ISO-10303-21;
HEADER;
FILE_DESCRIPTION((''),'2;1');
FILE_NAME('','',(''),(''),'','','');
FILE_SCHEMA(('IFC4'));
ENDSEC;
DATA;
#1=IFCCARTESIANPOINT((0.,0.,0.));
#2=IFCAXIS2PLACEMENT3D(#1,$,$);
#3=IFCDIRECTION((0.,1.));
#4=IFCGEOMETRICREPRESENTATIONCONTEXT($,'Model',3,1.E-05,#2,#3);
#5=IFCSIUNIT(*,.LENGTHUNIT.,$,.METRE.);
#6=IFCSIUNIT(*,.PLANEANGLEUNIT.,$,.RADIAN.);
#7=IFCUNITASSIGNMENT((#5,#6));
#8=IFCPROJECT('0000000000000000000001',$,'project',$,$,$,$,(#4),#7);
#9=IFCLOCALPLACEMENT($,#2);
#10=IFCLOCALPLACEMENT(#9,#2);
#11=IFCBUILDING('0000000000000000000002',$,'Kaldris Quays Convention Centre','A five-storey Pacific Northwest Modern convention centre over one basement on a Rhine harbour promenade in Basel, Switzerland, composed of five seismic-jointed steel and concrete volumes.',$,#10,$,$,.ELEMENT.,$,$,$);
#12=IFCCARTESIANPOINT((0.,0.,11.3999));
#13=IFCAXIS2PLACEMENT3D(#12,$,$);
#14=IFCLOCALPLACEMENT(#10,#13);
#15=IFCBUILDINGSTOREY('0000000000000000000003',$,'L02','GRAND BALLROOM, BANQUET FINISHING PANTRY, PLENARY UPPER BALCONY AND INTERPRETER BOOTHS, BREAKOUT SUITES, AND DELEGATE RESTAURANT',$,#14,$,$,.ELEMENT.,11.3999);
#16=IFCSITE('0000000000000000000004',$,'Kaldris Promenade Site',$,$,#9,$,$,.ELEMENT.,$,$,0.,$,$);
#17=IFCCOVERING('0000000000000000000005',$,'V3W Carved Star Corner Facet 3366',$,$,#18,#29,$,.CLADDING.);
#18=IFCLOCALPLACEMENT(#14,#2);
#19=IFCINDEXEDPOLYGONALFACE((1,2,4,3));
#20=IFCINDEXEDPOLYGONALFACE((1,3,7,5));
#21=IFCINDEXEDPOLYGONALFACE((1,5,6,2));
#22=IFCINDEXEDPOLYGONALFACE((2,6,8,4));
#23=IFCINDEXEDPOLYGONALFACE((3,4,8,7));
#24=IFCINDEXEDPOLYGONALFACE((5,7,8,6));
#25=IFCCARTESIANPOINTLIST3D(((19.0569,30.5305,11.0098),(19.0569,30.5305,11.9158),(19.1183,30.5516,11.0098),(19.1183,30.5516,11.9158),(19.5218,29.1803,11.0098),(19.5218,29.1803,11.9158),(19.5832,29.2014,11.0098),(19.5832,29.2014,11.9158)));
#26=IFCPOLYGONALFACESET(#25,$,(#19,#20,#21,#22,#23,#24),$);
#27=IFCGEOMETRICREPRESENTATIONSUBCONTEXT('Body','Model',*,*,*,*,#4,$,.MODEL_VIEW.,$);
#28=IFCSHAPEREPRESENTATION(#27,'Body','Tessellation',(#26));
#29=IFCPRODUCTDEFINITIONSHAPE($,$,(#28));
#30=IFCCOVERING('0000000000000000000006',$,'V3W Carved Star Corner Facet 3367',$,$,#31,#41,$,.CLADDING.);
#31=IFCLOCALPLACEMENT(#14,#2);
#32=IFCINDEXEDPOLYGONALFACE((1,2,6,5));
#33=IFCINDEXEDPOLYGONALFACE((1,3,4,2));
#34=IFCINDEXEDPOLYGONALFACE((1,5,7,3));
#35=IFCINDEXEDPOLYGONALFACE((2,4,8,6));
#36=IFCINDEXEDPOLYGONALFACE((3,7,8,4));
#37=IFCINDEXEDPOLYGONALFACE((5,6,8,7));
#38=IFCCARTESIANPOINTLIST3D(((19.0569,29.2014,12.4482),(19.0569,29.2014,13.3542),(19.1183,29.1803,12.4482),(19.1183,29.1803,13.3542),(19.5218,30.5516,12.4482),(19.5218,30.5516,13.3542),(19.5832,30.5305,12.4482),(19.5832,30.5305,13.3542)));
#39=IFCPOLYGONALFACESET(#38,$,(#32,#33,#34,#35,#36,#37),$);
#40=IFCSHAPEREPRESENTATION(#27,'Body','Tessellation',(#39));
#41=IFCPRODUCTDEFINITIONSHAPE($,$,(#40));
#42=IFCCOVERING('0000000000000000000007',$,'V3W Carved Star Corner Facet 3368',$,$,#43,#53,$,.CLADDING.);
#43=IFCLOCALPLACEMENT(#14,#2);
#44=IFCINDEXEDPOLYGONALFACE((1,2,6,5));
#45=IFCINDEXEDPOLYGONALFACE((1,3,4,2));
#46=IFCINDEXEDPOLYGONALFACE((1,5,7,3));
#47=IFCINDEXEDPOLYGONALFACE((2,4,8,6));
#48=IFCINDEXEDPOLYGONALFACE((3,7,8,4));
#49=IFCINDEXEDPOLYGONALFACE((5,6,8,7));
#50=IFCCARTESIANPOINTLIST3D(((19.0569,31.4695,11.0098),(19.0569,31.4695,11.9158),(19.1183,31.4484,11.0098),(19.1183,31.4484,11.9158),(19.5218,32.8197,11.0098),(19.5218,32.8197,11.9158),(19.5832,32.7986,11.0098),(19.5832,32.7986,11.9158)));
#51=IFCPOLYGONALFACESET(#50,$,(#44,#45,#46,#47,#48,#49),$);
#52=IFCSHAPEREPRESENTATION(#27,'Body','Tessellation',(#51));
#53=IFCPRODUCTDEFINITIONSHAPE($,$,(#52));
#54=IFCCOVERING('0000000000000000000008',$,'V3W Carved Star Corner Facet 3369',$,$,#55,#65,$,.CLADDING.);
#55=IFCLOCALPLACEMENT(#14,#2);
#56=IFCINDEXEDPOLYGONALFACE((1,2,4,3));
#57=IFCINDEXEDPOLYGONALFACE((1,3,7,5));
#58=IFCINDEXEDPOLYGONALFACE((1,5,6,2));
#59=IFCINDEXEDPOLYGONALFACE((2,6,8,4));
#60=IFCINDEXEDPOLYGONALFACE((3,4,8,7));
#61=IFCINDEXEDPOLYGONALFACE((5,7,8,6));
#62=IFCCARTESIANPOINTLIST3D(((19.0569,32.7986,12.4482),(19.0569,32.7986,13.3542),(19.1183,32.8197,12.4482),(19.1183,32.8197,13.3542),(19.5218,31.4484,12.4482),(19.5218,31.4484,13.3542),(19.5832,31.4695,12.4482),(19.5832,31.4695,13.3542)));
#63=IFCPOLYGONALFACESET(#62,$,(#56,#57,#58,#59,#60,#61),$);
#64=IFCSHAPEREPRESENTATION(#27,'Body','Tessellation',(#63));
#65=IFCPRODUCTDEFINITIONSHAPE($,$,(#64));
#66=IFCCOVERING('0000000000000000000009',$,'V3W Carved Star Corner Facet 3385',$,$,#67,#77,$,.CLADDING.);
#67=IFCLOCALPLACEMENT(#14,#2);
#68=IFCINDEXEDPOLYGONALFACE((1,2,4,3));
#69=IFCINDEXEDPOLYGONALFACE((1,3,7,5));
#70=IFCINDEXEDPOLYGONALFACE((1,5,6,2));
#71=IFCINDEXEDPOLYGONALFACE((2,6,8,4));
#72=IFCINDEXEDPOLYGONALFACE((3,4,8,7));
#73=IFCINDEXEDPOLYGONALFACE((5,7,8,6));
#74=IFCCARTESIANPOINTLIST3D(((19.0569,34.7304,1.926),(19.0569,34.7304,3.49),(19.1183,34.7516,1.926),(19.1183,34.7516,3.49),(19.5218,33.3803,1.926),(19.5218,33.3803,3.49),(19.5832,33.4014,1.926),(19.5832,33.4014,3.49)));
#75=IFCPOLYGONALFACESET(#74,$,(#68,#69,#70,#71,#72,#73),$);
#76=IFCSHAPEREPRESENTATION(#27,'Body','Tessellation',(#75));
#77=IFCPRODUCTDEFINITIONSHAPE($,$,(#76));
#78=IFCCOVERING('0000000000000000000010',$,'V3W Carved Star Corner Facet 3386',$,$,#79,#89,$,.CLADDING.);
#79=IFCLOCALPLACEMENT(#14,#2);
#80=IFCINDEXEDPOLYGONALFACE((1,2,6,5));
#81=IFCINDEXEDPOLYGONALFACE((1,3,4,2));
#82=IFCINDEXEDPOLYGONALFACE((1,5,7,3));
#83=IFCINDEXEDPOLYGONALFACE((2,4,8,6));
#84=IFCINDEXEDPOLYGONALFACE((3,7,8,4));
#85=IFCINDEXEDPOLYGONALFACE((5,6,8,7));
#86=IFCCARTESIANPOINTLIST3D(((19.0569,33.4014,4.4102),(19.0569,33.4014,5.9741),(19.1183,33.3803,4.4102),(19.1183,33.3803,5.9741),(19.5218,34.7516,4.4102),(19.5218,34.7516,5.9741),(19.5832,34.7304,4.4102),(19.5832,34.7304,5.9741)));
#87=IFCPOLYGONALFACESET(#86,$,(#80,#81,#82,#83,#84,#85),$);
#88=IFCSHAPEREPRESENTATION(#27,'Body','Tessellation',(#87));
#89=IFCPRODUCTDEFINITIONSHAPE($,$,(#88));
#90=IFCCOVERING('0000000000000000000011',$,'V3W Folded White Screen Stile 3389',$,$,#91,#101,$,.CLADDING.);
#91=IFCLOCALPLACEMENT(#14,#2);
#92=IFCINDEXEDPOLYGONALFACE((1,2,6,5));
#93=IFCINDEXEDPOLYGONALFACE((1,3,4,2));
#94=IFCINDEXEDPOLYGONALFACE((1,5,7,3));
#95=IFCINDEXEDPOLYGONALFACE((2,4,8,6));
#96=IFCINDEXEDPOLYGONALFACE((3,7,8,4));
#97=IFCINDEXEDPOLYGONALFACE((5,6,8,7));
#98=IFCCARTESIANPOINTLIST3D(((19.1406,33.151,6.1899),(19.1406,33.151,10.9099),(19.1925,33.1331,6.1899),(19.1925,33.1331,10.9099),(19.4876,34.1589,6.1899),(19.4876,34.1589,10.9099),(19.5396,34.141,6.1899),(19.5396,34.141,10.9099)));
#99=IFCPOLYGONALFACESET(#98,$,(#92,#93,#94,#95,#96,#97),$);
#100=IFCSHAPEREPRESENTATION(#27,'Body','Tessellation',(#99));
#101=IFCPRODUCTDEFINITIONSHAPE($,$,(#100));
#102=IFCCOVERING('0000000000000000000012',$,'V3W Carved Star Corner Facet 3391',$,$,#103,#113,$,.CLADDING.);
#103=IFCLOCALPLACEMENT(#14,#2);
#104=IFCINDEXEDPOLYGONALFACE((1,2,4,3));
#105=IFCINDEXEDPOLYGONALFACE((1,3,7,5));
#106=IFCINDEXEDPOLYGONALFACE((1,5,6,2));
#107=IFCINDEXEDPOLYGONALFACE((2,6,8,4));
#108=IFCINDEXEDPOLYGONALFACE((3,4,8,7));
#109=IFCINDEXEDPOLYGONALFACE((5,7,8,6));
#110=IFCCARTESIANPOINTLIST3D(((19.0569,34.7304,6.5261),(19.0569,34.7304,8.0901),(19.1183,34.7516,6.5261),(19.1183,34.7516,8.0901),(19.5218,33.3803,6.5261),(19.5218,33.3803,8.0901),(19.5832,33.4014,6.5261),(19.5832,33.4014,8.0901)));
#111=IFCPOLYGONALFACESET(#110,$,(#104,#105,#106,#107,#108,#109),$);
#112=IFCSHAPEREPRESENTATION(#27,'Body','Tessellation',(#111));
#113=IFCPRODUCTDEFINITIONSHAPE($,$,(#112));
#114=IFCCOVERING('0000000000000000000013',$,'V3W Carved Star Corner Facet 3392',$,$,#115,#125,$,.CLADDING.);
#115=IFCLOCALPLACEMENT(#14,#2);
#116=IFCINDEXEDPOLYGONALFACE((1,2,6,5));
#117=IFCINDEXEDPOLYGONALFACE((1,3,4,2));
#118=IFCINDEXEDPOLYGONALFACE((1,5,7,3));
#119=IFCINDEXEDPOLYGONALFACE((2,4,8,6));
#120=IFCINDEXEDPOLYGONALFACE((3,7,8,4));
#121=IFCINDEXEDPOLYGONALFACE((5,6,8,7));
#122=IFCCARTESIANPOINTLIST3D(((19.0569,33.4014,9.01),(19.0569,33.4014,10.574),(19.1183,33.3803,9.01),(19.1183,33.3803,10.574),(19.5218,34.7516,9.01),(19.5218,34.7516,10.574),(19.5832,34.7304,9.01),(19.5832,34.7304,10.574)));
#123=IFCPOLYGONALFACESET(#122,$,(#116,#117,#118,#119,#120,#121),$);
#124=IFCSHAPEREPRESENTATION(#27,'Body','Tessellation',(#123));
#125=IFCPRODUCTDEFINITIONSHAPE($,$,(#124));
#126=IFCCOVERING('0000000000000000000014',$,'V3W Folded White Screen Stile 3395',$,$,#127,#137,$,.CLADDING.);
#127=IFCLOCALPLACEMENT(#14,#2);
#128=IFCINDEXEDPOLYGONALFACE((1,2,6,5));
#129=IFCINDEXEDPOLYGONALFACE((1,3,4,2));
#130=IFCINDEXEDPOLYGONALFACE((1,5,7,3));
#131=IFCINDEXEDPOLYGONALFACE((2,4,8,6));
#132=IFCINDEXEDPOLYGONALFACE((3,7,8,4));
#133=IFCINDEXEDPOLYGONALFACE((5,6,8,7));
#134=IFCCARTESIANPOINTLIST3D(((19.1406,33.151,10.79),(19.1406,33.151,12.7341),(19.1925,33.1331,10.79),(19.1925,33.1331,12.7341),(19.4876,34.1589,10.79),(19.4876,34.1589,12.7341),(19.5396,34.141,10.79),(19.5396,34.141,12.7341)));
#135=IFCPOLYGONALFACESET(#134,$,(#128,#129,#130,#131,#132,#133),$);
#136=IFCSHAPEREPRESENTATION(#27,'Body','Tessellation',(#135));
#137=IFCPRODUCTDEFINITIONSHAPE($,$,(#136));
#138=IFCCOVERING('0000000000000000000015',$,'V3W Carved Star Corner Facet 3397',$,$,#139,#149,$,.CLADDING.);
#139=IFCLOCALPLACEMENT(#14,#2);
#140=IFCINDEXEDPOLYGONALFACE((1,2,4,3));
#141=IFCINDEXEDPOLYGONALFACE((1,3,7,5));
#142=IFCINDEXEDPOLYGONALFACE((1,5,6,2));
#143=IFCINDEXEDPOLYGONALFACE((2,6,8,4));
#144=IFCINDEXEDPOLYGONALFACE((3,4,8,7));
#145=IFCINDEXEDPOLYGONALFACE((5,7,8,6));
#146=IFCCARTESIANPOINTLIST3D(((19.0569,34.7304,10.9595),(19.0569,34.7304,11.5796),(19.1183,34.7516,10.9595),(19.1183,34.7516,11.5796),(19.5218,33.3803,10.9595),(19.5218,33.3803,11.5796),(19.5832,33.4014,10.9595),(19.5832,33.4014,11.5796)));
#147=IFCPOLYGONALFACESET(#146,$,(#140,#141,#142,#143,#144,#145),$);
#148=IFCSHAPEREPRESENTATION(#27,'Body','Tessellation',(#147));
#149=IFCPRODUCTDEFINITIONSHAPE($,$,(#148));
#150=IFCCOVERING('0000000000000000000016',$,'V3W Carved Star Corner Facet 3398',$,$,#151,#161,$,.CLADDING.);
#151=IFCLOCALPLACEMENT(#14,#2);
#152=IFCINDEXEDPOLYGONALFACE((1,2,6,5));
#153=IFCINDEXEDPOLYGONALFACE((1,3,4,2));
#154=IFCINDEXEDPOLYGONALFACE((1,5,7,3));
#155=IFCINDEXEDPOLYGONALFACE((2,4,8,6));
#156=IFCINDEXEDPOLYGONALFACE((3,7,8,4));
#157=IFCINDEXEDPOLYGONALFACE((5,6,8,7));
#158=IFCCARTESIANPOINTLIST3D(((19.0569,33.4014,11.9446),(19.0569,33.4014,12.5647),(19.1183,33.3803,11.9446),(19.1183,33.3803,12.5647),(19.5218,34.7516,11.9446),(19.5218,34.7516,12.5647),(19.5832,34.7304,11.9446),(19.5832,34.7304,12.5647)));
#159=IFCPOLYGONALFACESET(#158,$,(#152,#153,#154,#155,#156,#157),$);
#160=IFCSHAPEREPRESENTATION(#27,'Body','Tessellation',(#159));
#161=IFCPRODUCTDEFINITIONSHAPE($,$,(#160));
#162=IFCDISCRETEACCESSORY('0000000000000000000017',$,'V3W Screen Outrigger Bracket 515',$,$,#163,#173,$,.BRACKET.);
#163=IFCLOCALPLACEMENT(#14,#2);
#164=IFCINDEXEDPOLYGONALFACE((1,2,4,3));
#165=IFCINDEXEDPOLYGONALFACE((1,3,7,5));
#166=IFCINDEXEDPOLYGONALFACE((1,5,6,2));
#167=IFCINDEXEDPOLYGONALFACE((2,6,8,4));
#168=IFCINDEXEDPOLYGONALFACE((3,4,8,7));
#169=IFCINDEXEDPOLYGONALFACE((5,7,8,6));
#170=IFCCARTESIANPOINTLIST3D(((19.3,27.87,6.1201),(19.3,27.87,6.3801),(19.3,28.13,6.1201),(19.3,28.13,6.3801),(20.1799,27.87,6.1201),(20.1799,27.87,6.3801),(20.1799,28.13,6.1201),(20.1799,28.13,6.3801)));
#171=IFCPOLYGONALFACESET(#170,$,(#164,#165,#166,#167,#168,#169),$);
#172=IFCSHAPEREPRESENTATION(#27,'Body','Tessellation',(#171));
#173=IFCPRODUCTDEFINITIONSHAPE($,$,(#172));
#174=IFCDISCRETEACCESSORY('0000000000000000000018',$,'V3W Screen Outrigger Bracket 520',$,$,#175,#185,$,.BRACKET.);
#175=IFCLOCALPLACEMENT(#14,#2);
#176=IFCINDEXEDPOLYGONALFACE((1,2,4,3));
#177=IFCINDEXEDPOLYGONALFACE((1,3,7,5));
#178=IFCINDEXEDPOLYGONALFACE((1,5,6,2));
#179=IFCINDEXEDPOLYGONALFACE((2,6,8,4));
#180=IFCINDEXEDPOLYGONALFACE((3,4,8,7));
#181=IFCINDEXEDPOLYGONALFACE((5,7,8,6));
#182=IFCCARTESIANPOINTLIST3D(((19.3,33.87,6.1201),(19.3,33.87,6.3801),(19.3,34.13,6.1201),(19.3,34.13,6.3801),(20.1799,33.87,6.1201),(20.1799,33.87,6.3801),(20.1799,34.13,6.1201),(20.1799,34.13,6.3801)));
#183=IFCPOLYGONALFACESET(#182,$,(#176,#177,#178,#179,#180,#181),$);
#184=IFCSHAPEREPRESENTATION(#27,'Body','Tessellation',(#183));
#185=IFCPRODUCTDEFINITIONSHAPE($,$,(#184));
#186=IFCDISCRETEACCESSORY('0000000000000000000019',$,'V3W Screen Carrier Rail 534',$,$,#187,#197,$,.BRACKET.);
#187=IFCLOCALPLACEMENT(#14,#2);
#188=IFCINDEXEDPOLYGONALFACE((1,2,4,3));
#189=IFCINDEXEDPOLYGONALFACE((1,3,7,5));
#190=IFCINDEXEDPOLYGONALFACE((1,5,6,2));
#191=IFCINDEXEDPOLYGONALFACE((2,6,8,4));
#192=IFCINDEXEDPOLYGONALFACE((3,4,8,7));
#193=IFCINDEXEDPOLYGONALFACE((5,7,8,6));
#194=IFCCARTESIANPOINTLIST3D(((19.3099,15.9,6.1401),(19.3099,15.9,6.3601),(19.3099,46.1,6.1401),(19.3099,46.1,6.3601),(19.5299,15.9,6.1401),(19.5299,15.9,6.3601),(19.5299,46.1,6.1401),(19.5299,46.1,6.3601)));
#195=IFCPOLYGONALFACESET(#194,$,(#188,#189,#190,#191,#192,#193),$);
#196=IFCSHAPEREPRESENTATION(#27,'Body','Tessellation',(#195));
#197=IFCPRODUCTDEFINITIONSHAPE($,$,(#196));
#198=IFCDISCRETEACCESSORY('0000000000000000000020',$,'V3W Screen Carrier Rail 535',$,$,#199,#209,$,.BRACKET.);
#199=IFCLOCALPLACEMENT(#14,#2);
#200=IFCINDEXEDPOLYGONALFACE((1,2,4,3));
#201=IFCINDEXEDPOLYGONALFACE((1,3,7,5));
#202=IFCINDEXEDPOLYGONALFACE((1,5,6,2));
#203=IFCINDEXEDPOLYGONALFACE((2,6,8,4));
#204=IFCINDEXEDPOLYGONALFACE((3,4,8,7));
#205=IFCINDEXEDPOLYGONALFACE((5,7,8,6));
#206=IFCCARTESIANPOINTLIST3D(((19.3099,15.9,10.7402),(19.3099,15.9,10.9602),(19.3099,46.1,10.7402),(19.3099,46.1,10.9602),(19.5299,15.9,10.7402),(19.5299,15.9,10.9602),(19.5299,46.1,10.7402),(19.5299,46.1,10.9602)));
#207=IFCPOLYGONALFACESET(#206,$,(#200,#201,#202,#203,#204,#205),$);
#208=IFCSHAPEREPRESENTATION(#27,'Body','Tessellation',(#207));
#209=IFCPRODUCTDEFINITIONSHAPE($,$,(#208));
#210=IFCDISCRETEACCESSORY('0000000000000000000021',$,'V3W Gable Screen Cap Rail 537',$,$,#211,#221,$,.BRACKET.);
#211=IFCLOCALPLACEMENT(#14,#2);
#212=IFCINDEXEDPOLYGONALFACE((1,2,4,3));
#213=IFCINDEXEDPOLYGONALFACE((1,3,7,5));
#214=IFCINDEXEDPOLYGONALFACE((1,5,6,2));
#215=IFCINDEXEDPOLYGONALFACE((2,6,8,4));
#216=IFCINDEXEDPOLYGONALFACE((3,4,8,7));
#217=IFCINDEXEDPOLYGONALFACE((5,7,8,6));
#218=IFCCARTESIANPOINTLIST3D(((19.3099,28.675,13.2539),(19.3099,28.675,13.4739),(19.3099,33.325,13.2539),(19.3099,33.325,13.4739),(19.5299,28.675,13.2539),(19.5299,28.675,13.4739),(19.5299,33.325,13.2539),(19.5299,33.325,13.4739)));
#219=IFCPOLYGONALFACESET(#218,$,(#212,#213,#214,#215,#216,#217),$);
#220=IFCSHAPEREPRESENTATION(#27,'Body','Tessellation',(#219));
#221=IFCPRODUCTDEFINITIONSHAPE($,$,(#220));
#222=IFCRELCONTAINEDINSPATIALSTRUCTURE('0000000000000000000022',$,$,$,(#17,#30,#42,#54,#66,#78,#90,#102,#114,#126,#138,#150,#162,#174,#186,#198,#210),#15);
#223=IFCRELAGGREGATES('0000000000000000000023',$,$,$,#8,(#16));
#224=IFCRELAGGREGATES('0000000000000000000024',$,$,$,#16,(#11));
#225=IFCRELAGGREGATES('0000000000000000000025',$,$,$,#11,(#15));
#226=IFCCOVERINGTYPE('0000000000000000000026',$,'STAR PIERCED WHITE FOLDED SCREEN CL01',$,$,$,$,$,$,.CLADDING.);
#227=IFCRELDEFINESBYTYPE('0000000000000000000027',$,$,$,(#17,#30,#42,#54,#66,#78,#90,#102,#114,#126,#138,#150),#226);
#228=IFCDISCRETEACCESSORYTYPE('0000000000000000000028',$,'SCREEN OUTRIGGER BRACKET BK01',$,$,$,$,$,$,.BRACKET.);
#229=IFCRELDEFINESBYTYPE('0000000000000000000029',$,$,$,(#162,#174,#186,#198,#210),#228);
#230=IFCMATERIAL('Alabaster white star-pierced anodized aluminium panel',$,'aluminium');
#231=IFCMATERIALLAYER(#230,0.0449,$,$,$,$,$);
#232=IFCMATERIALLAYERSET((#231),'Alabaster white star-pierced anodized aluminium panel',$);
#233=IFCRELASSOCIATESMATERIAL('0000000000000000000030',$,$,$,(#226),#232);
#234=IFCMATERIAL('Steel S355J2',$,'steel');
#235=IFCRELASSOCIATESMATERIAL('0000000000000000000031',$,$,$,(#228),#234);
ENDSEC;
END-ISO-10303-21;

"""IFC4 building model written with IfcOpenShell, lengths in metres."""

from ifc_helpers import new_model, si_unit, direction, frame, origin, origin_2d, place, context, subcontext, project, spatial, rectangle, extrude, material, layer, layer_set, type_object, element, save


model = new_model("IFC4")

# Units and contexts
model_context = context("Model", 3, precision=1e-05, world=origin(), true_north=direction((0.0, 1.0)))
body_context = subcontext(model_context, "Body", "Model", "MODEL_VIEW")
ifc_project = project(units=[si_unit("LENGTHUNIT", "METRE"), si_unit("PLANEANGLEUNIT", "RADIAN")], contexts=[model_context])

# Site, building, storey
site_placement = place(None, origin())
site = spatial("IfcSite", under=ifc_project, at=site_placement, Name="Kaldris Promenade Site", CompositionType="ELEMENT", RefElevation=0.0)
building_placement = place(site_placement, origin())
building = spatial("IfcBuilding", under=site, at=building_placement, Name="Kaldris Quays Convention Centre", Description="A five-storey Pacific Northwest Modern convention centre over one basement on a Rhine harbour promenade in Basel, Switzerland, composed of five seismic-jointed steel and concrete volumes.", CompositionType="ELEMENT")
storey_placement = place(building_placement, frame((0.0, 0.0, 11.3999)))
storey = spatial("IfcBuildingStorey", under=building, at=storey_placement, Name="L02", Description="GRAND BALLROOM, BANQUET FINISHING PANTRY, PLENARY UPPER BALCONY AND INTERPRETER BOOTHS, BREAKOUT SUITES, AND DELEGATE RESTAURANT", CompositionType="ELEMENT", Elevation=11.3999)

# Coverings
ifc_material_1 = material(Name="Alabaster white star-pierced anodized aluminium panel", Category="aluminium")
ifc_layer = layer(ifc_material_1, 0.0449)
ifc_layer_set = layer_set([ifc_layer], Name="Alabaster white star-pierced anodized aluminium panel")
covering_type = type_object("IfcCoveringType", Name="STAR PIERCED WHITE FOLDED SCREEN CL01", PredefinedType="CLADDING", material=ifc_layer_set)
for number, where, z_axis, x_axis, name in (
    (1, (19.3201, 29.866, 11.0098), (0.0, 0.0, 1.0), (-0.325568, 0.945519, 0.0), "V3W Carved Star Corner Facet 3366"),
    (2, (19.3201, 29.866, 12.4482), (0.0, 0.0, 1.0), (0.325568, 0.945519, 0.0), "V3W Carved Star Corner Facet 3367"),
    (3, (19.3201, 32.134, 11.0098), (0.0, 0.0, 1.0), (0.325568, 0.945519, 0.0), "V3W Carved Star Corner Facet 3368"),
    (4, (19.3201, 32.134, 12.4482), (0.0, 0.0, 1.0), (-0.325568, 0.945519, 0.0), "V3W Carved Star Corner Facet 3369"),
):
    element("IfcCovering", number, at=place(storey_placement, frame(where, z_axis=z_axis, x_axis=x_axis)), inside=storey, type_object=covering_type, Name=name, PredefinedType="CLADDING", context=body_context, shape_type="SweptSolid", body=[
        extrude(rectangle(XDim=1.428, YDim=0.0649, at=origin_2d()), origin(), (0.0, 0.0, 1.0), 0.906),
    ])
for number, where, z_axis, x_axis, name in (
    (5, (19.3201, 34.0659, 1.926), (0.0, 0.0, 1.0), (-0.325568, 0.945519, 0.0), "V3W Carved Star Corner Facet 3385"),
    (6, (19.3201, 34.0659, 4.4102), (0.0, 0.0, 1.0), (0.325568, 0.945519, 0.0), "V3W Carved Star Corner Facet 3386"),
):
    element("IfcCovering", number, at=place(storey_placement, frame(where, z_axis=z_axis, x_axis=x_axis)), inside=storey, type_object=covering_type, Name=name, PredefinedType="CLADDING", context=body_context, shape_type="SweptSolid", body=[
        extrude(rectangle(XDim=1.428, YDim=0.0649, at=origin_2d()), origin(), (0.0, 0.0, 1.0), 1.564),
    ])
covering_1_placement = place(storey_placement, frame((19.3401, 33.646, 6.1899), z_axis=(0.0, 0.0, 1.0), x_axis=(0.325568, 0.945519, 0.0)))
element("IfcCovering", 7, at=covering_1_placement, inside=storey, type_object=covering_type, Name="V3W Folded White Screen Stile 3389", PredefinedType="CLADDING", context=body_context, shape_type="SweptSolid", body=[
    extrude(rectangle(XDim=1.0659, YDim=0.0549, at=origin_2d()), origin(), (0.0, 0.0, 1.0), 4.72),
])
for number, where, z_axis, x_axis, name in (
    (8, (19.3201, 34.0659, 6.5261), (0.0, 0.0, 1.0), (-0.325568, 0.945519, 0.0), "V3W Carved Star Corner Facet 3391"),
    (9, (19.3201, 34.0659, 9.01), (0.0, 0.0, 1.0), (0.325568, 0.945519, 0.0), "V3W Carved Star Corner Facet 3392"),
):
    element("IfcCovering", number, at=place(storey_placement, frame(where, z_axis=z_axis, x_axis=x_axis)), inside=storey, type_object=covering_type, Name=name, PredefinedType="CLADDING", context=body_context, shape_type="SweptSolid", body=[
        extrude(rectangle(XDim=1.428, YDim=0.0649, at=origin_2d()), origin(), (0.0, 0.0, 1.0), 1.564),
    ])
covering_2_placement = place(storey_placement, frame((19.3401, 33.646, 10.79), z_axis=(0.0, 0.0, 1.0), x_axis=(0.325568, 0.945519, 0.0)))
element("IfcCovering", 10, at=covering_2_placement, inside=storey, type_object=covering_type, Name="V3W Folded White Screen Stile 3395", PredefinedType="CLADDING", context=body_context, shape_type="SweptSolid", body=[
    extrude(rectangle(XDim=1.0659, YDim=0.0549, at=origin_2d()), origin(), (0.0, 0.0, 1.0), 1.9441),
])
for number, where, z_axis, x_axis, name in (
    (11, (19.3201, 34.0659, 10.9595), (0.0, 0.0, 1.0), (-0.325568, 0.945519, 0.0), "V3W Carved Star Corner Facet 3397"),
    (12, (19.3201, 34.0659, 11.9446), (0.0, 0.0, 1.0), (0.325568, 0.945519, 0.0), "V3W Carved Star Corner Facet 3398"),
):
    element("IfcCovering", number, at=place(storey_placement, frame(where, z_axis=z_axis, x_axis=x_axis)), inside=storey, type_object=covering_type, Name=name, PredefinedType="CLADDING", context=body_context, shape_type="SweptSolid", body=[
        extrude(rectangle(XDim=1.428, YDim=0.0649, at=origin_2d()), origin(), (0.0, 0.0, 1.0), 0.6201),
    ])

# Discrete accessories
ifc_material_2 = material(Name="Steel S355J2", Category="steel")
discrete_accessory_type = type_object("IfcDiscreteAccessoryType", Name="SCREEN OUTRIGGER BRACKET BK01", PredefinedType="BRACKET", material=ifc_material_2)
for number, where, z_axis, x_axis, name in (
    (13, (19.74, 28.0, 6.1201), (0.0, 0.0, 1.0), (0.0, 1.0, 0.0), "V3W Screen Outrigger Bracket 515"),
    (14, (19.74, 34.0, 6.1201), (0.0, 0.0, 1.0), (0.0, 1.0, 0.0), "V3W Screen Outrigger Bracket 520"),
):
    element("IfcDiscreteAccessory", number, at=place(storey_placement, frame(where, z_axis=z_axis, x_axis=x_axis)), inside=storey, type_object=discrete_accessory_type, Name=name, PredefinedType="BRACKET", context=body_context, shape_type="SweptSolid", body=[
        extrude(rectangle(XDim=0.26, YDim=0.8799, at=origin_2d()), origin(), (0.0, 0.0, 1.0), 0.26),
    ])
for number, where, z_axis, x_axis, name in (
    (15, (19.4199, 31.0, 6.1401), (0.0, 0.0, 1.0), (0.0, 1.0, 0.0), "V3W Screen Carrier Rail 534"),
    (16, (19.4199, 31.0, 10.7402), (0.0, 0.0, 1.0), (0.0, 1.0, 0.0), "V3W Screen Carrier Rail 535"),
):
    element("IfcDiscreteAccessory", number, at=place(storey_placement, frame(where, z_axis=z_axis, x_axis=x_axis)), inside=storey, type_object=discrete_accessory_type, Name=name, PredefinedType="BRACKET", context=body_context, shape_type="SweptSolid", body=[
        extrude(rectangle(XDim=30.2, YDim=0.22, at=origin_2d()), origin(), (0.0, 0.0, 1.0), 0.22),
    ])
discrete_accessory_placement = place(storey_placement, frame((19.4199, 31.0, 13.2539), z_axis=(0.0, 0.0, 1.0), x_axis=(0.0, 1.0, 0.0)))
element("IfcDiscreteAccessory", 17, at=discrete_accessory_placement, inside=storey, type_object=discrete_accessory_type, Name="V3W Gable Screen Cap Rail 537", PredefinedType="BRACKET", context=body_context, shape_type="SweptSolid", body=[
    extrude(rectangle(XDim=4.6499, YDim=0.22, at=origin_2d()), origin(), (0.0, 0.0, 1.0), 0.22),
])

save(model, "model.ifc")
